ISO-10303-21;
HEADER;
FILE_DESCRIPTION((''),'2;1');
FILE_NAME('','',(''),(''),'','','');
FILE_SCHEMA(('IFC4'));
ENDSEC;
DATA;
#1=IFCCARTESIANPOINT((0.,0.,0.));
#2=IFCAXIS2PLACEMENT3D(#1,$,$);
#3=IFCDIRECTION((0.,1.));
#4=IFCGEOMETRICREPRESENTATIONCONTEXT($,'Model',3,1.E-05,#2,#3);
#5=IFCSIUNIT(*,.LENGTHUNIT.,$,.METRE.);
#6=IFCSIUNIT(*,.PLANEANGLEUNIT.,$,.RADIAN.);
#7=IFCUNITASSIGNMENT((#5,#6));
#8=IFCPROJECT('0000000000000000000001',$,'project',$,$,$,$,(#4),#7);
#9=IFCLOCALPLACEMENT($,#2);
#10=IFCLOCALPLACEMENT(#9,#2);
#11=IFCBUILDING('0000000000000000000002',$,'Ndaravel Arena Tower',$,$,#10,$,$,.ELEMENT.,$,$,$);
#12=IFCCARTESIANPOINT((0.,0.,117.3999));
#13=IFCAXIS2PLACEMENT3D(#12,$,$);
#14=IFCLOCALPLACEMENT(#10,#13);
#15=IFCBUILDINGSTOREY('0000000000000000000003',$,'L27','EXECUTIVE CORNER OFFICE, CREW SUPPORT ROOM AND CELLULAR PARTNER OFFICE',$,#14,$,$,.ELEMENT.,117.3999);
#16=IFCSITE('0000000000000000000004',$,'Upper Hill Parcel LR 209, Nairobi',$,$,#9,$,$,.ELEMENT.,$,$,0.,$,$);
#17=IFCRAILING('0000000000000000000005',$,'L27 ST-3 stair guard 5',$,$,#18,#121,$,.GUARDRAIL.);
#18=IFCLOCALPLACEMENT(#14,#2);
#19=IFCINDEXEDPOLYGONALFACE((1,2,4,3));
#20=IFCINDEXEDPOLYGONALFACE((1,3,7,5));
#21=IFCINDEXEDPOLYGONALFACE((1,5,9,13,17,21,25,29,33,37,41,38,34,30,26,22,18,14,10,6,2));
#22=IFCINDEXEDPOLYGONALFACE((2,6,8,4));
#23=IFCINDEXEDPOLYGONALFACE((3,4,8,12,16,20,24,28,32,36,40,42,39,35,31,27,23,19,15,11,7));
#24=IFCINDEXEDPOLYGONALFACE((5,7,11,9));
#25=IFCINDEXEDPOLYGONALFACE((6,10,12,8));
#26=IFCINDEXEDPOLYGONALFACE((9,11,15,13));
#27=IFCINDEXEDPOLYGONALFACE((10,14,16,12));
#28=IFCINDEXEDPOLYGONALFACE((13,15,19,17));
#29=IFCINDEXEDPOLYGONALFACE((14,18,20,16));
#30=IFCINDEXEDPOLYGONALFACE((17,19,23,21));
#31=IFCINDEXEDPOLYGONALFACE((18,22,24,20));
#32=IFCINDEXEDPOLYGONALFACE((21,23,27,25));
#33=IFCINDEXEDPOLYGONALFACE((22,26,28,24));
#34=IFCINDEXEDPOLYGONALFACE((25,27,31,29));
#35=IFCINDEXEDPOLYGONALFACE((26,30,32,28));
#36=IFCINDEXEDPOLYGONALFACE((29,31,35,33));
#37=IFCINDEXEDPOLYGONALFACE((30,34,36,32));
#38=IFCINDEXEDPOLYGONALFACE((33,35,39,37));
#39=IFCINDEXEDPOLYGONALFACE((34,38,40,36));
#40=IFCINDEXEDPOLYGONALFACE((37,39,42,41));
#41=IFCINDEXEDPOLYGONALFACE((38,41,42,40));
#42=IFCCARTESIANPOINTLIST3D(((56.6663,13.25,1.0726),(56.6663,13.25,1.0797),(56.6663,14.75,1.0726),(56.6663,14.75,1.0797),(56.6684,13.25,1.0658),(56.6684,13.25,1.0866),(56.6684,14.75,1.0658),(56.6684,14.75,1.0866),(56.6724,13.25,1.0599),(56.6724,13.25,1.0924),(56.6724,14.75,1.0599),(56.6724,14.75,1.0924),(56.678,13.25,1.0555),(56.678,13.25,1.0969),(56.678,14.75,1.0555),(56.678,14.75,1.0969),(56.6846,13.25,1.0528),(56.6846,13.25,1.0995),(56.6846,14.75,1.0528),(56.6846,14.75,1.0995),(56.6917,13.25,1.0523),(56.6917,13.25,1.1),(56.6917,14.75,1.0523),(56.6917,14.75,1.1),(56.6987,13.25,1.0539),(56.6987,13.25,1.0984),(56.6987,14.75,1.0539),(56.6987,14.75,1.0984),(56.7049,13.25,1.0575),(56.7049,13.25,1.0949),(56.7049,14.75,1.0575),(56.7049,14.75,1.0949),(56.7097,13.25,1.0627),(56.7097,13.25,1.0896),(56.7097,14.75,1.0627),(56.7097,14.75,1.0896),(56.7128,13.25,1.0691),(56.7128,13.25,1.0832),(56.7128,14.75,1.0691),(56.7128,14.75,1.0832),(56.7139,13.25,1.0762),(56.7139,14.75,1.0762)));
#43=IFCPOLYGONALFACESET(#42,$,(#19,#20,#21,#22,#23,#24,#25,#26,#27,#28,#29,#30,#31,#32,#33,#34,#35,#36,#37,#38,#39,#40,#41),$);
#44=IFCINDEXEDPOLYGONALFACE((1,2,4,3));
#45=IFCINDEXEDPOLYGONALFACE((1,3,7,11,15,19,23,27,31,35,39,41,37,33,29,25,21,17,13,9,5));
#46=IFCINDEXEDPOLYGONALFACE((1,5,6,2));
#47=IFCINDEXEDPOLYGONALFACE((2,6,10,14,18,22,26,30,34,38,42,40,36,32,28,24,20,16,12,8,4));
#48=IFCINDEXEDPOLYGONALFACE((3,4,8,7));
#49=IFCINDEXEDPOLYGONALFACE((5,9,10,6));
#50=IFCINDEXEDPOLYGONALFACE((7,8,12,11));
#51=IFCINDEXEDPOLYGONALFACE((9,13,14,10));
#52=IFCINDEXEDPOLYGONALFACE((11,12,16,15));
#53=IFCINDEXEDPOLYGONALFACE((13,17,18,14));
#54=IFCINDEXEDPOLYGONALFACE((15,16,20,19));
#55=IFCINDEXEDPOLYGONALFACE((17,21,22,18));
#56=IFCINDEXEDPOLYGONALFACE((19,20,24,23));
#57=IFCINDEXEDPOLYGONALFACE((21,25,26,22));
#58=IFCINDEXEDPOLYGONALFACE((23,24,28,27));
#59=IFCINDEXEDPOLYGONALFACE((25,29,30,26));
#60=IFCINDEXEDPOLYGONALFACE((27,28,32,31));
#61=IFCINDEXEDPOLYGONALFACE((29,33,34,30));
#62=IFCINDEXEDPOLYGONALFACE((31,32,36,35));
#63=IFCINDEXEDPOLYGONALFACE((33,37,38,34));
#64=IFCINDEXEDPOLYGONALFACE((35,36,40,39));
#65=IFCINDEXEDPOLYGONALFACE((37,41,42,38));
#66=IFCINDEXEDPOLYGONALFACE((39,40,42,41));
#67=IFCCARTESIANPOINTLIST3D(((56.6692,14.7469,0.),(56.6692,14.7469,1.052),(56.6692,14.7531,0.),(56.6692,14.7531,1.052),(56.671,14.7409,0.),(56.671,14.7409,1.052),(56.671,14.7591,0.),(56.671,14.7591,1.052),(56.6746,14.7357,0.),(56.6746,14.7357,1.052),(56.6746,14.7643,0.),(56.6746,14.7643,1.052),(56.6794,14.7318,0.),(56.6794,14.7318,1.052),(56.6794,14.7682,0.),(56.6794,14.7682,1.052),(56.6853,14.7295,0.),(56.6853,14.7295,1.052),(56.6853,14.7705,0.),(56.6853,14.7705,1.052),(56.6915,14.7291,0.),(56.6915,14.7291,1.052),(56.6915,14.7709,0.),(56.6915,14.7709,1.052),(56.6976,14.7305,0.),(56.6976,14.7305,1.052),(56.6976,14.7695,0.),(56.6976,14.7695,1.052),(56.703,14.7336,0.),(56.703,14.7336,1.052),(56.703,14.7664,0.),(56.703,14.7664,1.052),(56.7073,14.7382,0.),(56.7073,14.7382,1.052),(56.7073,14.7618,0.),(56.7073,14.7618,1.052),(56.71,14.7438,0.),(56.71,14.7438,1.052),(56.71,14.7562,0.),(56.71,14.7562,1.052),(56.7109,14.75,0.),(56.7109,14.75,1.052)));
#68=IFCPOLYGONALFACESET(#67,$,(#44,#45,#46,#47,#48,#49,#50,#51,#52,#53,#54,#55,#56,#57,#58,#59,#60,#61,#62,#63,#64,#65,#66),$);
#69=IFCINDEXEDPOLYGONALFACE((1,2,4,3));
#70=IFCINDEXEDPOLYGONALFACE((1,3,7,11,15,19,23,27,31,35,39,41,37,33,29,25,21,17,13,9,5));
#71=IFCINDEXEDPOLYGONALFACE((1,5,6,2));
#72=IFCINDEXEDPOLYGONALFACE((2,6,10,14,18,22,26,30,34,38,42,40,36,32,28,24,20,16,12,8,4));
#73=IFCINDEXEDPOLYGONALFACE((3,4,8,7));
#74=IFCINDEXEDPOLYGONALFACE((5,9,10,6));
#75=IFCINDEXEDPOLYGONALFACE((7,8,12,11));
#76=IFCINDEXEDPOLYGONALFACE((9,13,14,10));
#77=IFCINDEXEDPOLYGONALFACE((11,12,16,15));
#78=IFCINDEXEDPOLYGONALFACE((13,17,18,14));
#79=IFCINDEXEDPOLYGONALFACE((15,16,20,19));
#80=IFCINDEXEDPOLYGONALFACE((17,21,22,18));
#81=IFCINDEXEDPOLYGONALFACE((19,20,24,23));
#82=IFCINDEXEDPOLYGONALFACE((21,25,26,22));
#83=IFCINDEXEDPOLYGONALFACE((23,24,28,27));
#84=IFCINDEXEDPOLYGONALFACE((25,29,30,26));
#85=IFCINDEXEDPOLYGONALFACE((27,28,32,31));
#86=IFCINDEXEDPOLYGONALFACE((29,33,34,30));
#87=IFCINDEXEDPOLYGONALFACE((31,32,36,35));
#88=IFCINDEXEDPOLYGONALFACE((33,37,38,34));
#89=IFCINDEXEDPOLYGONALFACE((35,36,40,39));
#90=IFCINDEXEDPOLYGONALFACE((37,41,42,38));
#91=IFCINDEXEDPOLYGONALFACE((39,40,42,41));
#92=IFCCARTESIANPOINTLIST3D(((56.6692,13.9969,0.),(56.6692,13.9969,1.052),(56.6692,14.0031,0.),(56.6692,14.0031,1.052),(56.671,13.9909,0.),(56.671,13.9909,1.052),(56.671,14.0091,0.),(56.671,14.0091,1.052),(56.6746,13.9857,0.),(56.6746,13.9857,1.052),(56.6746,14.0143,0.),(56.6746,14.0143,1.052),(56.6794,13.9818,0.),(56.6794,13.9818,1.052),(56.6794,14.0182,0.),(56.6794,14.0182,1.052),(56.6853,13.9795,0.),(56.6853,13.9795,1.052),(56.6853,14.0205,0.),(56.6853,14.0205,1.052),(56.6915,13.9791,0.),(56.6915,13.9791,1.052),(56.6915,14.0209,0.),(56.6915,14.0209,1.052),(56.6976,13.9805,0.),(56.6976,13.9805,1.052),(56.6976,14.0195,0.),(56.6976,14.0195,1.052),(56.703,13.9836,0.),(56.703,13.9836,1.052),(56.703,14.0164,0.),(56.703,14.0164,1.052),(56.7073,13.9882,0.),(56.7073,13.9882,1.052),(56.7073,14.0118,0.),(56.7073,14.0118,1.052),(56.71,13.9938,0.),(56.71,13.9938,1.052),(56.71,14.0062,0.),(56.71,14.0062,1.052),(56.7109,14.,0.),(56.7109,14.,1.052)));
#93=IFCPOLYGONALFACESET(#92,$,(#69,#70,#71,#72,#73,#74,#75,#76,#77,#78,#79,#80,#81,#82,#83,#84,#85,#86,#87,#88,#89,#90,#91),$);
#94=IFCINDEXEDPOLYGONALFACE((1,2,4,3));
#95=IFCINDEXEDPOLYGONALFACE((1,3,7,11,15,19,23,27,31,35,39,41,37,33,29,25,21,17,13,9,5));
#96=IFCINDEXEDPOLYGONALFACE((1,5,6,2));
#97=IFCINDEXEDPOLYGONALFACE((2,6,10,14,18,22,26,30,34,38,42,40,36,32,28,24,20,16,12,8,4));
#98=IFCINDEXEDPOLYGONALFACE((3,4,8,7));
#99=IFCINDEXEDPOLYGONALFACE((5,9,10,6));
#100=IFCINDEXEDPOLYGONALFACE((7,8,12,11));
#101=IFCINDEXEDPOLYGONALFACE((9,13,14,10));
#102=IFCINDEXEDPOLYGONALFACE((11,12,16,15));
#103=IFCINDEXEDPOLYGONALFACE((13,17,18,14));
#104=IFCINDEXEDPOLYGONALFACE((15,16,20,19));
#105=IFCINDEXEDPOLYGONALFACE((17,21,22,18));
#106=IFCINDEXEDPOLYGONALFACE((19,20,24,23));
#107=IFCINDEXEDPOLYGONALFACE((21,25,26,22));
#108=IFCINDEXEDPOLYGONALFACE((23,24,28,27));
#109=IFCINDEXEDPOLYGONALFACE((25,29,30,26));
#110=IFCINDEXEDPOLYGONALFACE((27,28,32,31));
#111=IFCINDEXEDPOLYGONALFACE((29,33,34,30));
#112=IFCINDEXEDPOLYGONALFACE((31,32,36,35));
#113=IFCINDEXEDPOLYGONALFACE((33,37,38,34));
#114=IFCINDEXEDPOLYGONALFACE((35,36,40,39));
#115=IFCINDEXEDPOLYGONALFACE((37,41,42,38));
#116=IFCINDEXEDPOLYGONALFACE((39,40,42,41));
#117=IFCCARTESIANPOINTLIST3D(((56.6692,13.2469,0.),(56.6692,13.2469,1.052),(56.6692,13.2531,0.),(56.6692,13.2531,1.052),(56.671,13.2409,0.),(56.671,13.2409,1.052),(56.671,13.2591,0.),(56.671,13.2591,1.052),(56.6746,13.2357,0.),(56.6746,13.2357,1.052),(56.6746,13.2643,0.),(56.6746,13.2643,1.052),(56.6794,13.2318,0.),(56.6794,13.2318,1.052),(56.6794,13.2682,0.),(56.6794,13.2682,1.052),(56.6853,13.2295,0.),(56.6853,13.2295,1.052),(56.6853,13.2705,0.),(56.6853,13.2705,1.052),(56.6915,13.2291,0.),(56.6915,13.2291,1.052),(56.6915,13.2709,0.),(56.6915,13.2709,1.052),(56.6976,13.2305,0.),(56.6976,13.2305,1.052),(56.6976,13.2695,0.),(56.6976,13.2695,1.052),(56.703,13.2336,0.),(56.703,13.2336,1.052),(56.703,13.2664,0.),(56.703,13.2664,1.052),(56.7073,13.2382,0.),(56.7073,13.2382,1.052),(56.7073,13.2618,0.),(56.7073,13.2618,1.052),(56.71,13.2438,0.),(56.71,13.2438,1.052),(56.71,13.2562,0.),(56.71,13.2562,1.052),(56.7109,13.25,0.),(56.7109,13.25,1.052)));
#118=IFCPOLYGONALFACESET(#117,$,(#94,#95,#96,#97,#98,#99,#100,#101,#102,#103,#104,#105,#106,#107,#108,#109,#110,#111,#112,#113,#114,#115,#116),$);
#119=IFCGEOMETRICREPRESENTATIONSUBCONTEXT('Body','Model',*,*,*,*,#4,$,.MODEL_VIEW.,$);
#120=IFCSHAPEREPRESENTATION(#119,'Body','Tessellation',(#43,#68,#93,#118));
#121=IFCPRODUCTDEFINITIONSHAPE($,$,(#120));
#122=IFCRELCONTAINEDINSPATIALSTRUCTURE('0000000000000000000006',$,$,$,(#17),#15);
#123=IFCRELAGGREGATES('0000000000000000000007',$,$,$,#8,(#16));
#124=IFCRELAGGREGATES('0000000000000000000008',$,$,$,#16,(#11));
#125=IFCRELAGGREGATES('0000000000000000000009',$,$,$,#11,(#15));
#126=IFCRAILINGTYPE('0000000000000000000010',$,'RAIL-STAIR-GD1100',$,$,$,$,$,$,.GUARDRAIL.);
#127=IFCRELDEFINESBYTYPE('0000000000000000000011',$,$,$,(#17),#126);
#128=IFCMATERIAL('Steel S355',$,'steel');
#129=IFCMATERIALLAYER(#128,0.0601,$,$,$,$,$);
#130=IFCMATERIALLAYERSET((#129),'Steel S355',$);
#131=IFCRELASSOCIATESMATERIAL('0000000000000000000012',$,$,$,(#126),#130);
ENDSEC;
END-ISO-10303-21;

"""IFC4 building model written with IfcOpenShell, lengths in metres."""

from ifc_helpers import new_model, si_unit, direction, frame, origin, origin_2d, place, context, subcontext, project, spatial, circle, extrude, material, layer, layer_set, type_object, element, save


model = new_model("IFC4")

# Units and contexts
model_context = context("Model", 3, precision=1e-05, world=origin(), true_north=direction((0.0, 1.0)))
body_context = subcontext(model_context, "Body", "Model", "MODEL_VIEW")
ifc_project = project(units=[si_unit("LENGTHUNIT", "METRE"), si_unit("PLANEANGLEUNIT", "RADIAN")], contexts=[model_context])

# Site, building, storey
site_placement = place(None, origin())
site = spatial("IfcSite", under=ifc_project, at=site_placement, Name="Upper Hill Parcel LR 209, Nairobi", CompositionType="ELEMENT", RefElevation=0.0)
building_placement = place(site_placement, origin())
building = spatial("IfcBuilding", under=site, at=building_placement, Name="Ndaravel Arena Tower", CompositionType="ELEMENT")
storey_placement = place(building_placement, frame((0.0, 0.0, 117.3999)))
storey = spatial("IfcBuildingStorey", under=building, at=storey_placement, Name="L27", Description="EXECUTIVE CORNER OFFICE, CREW SUPPORT ROOM AND CELLULAR PARTNER OFFICE", CompositionType="ELEMENT", Elevation=117.3999)

# Railing
ifc_material_1 = material(Name="Steel S355", Category="steel")
ifc_layer_1 = layer(ifc_material_1, 0.0601)
ifc_layer_set_1 = layer_set([ifc_layer_1], Name="Steel S355")
railing_type = type_object("IfcRailingType", Name="RAIL-STAIR-GD1100", PredefinedType="GUARDRAIL", material=ifc_layer_set_1)
for number, where, name in (
    (1, (56.6899, 14.75, 0.0), "L27 ST-3 stair guard 5"),
):
    element("IfcRailing", number, at=place(storey_placement, frame(where)), inside=storey, type_object=railing_type, Name=name, PredefinedType="GUARDRAIL", context=body_context, shape_type="SweptSolid", body=[
        extrude(circle(Radius=0.0239, at=origin_2d()), frame((0.0, 0.0, 1.0762), z_axis=(0.0, -1.0, 0.0), x_axis=(1.0, 0.0, 0.0)), (0.0, 0.0, 1.0), 1.5),
        extrude(circle(Radius=0.021, at=origin_2d()), origin(), (0.0, 0.0, 1.0), 1.052),
        extrude(circle(Radius=0.021, at=origin_2d()), frame((0.0, -0.75, 0.0)), (0.0, 0.0, 1.0), 1.052),
        extrude(circle(Radius=0.021, at=origin_2d()), frame((0.0, -1.5, 0.0)), (0.0, 0.0, 1.0), 1.052),
    ])

save(model, "model.ifc")
